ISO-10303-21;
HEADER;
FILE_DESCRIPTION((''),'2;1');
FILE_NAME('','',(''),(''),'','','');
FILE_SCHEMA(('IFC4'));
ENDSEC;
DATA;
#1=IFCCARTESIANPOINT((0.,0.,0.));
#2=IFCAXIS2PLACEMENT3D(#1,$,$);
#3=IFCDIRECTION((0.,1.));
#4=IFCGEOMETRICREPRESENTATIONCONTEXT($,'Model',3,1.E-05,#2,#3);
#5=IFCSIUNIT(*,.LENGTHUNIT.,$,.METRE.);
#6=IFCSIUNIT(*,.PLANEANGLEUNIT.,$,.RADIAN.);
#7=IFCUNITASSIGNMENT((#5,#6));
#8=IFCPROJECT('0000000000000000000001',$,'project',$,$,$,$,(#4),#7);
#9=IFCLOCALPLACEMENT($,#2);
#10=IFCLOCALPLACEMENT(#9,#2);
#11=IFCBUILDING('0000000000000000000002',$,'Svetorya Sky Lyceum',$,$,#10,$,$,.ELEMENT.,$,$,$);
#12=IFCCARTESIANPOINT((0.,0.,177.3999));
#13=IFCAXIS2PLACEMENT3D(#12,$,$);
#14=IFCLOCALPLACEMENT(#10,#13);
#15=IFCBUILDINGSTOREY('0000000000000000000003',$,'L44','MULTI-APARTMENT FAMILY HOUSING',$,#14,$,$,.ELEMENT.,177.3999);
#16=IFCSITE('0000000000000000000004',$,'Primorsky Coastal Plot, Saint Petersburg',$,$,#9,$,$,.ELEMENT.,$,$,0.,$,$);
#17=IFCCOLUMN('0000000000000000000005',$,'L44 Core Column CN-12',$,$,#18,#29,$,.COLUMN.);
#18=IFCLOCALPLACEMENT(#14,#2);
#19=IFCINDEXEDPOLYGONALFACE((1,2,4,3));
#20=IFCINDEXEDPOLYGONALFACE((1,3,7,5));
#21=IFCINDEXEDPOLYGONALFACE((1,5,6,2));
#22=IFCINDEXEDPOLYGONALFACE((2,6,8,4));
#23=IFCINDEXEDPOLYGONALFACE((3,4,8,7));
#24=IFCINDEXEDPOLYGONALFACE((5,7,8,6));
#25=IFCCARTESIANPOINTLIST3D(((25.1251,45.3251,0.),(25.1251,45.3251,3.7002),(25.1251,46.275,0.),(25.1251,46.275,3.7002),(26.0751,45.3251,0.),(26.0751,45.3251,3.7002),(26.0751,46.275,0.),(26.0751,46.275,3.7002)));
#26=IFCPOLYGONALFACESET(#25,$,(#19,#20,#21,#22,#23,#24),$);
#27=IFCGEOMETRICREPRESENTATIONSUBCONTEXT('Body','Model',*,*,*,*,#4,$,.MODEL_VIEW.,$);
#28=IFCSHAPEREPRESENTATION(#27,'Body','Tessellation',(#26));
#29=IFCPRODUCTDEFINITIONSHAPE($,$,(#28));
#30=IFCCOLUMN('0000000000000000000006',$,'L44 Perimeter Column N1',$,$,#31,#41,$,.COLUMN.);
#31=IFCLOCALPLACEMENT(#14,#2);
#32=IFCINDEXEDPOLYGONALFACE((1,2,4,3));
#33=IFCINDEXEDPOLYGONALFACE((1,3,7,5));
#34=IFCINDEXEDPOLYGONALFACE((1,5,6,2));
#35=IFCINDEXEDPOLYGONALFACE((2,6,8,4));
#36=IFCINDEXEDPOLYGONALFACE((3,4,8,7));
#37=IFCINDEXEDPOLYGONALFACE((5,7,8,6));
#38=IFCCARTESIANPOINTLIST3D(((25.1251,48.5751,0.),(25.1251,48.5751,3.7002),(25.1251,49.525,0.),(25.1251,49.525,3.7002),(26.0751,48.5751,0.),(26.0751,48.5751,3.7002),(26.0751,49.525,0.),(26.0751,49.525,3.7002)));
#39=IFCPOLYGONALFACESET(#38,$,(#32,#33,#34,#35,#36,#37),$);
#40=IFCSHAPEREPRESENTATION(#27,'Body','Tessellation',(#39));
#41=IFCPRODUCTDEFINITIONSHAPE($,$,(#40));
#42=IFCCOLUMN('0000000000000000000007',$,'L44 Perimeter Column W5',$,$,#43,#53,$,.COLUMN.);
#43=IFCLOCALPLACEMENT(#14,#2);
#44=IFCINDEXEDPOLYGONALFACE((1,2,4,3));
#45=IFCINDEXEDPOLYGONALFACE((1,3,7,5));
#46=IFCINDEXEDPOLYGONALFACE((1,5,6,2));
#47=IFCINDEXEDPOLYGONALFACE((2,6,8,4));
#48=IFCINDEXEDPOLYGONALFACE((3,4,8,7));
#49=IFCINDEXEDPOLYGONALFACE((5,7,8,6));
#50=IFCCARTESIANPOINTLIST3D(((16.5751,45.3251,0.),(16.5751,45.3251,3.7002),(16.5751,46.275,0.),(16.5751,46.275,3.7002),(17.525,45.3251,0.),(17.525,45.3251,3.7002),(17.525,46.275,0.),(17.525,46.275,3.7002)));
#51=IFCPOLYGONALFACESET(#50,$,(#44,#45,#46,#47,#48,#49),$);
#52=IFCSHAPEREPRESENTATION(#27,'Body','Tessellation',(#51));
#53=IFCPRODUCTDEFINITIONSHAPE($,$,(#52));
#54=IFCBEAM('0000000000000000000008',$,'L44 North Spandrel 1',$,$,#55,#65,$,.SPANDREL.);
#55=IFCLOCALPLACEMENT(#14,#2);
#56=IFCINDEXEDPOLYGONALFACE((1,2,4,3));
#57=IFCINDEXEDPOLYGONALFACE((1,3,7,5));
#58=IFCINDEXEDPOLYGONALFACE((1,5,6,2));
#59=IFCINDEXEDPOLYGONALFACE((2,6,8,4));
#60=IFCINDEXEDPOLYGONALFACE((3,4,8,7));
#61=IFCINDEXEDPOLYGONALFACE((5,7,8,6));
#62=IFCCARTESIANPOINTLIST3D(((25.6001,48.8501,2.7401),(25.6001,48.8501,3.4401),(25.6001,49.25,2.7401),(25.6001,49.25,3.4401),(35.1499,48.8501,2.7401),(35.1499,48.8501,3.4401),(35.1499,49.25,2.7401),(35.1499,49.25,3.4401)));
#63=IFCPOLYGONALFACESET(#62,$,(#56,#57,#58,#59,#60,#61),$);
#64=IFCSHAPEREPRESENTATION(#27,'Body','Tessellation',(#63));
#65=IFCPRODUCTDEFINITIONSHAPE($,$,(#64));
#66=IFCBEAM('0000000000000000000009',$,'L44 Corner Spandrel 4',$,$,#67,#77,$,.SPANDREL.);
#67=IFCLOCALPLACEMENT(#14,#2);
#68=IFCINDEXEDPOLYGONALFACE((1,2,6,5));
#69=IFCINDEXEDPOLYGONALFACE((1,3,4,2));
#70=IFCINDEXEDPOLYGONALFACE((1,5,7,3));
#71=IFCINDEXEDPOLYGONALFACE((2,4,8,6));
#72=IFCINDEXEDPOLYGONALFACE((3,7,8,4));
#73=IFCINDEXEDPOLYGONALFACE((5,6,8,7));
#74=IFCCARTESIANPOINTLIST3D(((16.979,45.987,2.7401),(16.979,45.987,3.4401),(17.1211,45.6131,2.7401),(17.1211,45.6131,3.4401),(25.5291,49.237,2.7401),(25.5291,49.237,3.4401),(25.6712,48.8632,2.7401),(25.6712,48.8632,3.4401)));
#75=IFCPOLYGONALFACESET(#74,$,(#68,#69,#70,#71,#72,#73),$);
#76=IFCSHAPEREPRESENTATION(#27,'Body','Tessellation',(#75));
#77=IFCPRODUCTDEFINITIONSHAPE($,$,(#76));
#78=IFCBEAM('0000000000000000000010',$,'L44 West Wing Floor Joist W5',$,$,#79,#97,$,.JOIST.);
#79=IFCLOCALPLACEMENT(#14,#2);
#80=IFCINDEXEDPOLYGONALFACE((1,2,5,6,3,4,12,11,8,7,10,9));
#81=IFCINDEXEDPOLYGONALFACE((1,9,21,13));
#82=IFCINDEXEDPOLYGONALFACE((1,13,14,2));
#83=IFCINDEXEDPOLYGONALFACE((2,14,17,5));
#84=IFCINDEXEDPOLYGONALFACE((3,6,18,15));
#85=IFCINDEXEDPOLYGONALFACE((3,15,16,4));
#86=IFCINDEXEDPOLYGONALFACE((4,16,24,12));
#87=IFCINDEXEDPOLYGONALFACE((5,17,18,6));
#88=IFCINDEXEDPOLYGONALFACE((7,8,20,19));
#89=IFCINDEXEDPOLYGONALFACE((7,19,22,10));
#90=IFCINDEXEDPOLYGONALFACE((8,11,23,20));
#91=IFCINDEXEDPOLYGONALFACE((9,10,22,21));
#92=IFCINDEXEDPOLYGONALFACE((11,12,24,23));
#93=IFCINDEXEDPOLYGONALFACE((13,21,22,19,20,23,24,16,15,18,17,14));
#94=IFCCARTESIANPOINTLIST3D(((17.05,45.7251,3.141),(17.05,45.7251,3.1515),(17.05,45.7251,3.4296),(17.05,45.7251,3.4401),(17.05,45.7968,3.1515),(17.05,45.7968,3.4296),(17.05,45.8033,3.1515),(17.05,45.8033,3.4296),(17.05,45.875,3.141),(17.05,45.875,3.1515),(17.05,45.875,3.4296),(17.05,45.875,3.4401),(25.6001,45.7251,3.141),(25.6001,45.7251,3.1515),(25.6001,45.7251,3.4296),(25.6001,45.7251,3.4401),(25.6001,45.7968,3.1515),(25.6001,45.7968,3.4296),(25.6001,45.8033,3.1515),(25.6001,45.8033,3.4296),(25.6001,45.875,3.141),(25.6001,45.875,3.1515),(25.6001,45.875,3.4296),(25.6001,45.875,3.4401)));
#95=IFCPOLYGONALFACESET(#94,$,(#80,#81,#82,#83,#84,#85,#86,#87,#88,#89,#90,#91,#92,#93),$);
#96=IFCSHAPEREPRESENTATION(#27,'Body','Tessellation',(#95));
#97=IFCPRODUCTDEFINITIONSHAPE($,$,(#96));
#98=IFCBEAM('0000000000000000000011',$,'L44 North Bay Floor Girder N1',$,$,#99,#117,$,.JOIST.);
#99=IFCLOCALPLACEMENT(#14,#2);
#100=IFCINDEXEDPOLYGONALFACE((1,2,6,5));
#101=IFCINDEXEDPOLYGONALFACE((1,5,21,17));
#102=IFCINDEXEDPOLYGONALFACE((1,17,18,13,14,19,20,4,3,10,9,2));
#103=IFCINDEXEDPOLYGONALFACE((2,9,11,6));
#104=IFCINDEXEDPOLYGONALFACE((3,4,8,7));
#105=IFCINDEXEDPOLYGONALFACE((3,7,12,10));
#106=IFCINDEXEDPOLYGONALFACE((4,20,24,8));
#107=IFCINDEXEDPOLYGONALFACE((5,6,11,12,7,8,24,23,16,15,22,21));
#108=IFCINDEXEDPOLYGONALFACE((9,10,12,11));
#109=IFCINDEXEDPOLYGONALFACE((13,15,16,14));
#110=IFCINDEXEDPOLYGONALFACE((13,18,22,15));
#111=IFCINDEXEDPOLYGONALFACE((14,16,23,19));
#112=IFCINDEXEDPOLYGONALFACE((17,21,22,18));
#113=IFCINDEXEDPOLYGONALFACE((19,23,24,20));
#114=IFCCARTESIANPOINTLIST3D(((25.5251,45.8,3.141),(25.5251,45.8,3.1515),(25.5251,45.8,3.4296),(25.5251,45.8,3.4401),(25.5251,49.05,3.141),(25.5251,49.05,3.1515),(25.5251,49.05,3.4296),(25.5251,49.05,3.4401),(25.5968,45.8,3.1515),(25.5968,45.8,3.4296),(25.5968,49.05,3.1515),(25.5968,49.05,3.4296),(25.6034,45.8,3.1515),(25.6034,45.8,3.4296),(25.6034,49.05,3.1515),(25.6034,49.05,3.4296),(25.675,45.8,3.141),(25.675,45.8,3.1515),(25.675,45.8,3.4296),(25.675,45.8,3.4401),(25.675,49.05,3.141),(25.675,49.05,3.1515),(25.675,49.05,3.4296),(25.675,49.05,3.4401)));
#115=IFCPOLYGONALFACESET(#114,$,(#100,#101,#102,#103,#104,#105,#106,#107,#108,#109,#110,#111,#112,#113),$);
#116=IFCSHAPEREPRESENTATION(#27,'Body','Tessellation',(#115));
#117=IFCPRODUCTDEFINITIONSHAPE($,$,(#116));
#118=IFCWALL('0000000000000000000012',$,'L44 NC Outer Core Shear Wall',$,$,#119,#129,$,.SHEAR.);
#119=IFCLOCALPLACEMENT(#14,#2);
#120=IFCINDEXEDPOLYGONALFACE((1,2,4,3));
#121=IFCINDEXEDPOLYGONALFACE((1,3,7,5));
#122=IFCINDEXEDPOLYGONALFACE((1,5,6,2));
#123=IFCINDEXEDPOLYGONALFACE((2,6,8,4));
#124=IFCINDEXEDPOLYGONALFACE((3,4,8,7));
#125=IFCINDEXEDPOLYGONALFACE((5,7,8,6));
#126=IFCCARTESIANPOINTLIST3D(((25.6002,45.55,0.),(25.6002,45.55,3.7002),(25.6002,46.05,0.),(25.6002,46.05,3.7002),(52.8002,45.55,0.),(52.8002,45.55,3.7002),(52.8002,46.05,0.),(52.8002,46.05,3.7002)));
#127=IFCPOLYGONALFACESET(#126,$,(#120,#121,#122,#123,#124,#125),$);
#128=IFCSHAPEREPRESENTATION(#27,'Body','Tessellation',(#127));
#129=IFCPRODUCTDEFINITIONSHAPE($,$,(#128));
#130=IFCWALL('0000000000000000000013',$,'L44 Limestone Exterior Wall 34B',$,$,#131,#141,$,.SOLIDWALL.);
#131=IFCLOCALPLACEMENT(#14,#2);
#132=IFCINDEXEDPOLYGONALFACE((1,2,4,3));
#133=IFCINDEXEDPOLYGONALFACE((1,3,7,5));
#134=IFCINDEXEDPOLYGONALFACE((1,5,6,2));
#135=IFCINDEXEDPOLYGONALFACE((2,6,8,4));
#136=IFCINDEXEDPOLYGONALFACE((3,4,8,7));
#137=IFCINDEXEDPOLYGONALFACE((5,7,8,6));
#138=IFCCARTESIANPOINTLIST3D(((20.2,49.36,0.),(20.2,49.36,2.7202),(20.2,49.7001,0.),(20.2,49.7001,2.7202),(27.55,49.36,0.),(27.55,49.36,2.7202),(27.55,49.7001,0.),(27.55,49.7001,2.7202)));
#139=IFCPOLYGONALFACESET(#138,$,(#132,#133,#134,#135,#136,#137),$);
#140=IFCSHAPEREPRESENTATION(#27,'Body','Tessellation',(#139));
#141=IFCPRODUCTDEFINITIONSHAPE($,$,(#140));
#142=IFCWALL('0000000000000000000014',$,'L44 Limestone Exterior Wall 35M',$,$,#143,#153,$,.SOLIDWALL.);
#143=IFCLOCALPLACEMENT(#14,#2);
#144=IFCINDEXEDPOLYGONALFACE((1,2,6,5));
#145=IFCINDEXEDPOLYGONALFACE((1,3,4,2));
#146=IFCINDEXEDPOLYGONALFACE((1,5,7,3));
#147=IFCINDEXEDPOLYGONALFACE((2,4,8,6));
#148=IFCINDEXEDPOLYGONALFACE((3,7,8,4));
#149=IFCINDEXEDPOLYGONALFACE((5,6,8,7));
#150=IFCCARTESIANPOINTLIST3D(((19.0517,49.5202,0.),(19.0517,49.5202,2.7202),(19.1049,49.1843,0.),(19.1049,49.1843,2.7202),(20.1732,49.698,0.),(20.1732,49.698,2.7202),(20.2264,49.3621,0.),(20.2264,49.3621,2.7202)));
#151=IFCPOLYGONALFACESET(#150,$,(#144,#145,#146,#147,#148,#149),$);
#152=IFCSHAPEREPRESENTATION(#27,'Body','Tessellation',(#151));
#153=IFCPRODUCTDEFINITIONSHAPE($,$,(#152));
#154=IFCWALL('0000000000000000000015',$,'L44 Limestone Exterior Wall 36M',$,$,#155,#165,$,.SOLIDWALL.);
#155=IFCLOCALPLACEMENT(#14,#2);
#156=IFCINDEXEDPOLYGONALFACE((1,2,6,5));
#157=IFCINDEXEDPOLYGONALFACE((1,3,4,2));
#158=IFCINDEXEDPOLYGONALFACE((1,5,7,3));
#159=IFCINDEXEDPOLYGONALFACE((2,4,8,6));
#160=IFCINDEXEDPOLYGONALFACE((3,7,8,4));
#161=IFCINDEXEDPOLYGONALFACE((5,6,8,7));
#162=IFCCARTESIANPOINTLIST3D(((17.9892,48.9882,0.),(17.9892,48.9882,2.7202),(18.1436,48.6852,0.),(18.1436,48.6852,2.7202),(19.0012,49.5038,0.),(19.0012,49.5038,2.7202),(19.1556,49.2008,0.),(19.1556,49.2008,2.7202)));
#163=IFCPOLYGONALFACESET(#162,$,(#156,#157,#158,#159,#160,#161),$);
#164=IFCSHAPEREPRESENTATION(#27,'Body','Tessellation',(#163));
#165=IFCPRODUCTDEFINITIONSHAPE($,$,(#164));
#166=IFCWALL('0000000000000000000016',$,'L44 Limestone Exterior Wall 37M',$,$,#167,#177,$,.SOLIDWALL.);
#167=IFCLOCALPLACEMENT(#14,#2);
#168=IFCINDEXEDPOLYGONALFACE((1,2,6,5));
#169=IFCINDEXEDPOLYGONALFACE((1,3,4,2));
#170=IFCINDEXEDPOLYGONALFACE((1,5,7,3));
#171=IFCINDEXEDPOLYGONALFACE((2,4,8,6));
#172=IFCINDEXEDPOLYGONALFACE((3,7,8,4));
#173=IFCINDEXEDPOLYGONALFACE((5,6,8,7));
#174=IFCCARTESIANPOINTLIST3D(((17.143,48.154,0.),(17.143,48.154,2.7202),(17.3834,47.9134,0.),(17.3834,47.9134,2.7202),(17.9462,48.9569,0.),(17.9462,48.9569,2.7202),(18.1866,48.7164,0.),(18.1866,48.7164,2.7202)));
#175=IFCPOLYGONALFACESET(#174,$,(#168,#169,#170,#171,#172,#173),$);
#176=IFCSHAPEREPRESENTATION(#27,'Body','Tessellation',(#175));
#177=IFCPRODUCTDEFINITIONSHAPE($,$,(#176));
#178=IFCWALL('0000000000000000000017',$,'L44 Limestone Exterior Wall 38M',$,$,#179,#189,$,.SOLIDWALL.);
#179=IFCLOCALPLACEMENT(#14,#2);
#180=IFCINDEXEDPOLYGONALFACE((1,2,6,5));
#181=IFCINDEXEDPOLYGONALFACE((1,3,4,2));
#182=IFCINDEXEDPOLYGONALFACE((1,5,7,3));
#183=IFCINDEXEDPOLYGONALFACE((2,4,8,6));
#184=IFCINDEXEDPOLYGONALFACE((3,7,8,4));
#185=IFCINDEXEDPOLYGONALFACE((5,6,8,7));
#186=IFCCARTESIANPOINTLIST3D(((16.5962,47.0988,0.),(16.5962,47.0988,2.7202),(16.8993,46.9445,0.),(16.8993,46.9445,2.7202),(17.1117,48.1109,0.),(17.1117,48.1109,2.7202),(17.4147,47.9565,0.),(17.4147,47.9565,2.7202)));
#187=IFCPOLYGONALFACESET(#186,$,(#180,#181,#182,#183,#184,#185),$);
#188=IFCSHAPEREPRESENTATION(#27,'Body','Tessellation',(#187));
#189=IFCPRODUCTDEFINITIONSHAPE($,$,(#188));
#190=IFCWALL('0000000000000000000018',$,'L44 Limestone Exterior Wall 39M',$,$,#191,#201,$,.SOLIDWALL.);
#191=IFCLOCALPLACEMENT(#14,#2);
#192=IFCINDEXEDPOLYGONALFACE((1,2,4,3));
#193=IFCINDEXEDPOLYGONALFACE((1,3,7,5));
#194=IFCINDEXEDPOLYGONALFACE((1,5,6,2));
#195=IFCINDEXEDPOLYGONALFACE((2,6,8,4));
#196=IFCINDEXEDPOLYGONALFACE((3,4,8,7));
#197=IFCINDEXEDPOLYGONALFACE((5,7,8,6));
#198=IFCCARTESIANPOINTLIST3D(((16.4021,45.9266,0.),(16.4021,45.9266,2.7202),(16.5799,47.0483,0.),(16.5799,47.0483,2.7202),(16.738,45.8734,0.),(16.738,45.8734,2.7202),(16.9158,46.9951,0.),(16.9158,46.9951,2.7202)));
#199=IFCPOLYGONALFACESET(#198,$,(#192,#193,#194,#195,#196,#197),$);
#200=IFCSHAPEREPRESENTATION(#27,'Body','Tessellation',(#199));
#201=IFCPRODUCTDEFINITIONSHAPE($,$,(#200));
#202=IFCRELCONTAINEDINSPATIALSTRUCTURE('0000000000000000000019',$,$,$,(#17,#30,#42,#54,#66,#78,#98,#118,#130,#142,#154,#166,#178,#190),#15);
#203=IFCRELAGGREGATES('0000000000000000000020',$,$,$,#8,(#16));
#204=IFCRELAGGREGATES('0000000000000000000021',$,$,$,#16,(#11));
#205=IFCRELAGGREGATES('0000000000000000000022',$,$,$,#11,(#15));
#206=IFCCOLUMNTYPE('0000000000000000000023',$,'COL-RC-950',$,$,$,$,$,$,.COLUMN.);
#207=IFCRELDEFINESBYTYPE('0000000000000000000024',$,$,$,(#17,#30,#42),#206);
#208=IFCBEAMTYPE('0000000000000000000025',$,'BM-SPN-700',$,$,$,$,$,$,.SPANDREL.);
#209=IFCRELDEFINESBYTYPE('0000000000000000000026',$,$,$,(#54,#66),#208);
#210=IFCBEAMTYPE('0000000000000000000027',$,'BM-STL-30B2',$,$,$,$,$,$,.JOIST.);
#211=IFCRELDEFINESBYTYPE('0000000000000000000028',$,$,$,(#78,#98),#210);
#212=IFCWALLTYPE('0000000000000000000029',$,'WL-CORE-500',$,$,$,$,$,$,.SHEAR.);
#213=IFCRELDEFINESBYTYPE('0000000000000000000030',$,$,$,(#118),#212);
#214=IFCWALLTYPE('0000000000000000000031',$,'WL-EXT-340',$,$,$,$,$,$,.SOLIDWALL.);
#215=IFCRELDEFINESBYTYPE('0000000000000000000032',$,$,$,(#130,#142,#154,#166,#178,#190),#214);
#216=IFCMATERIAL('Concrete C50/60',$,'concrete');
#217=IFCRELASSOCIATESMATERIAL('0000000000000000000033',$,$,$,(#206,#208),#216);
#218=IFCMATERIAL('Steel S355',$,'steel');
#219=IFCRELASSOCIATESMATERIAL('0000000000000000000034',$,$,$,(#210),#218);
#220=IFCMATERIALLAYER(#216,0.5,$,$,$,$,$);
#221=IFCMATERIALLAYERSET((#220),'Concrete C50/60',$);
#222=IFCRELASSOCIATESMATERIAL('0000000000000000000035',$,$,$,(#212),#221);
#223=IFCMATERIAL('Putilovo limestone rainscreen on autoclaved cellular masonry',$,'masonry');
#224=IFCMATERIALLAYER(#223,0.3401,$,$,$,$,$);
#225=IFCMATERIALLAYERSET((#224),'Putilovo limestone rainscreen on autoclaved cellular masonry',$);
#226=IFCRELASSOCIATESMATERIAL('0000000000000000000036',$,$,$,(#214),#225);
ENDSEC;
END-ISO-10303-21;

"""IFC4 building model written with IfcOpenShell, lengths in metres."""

from ifc_helpers import new_model, si_unit, direction, frame, frame_2d, origin, origin_2d, place, context, subcontext, project, spatial, rectangle, i_section, extrude, material, layer, layer_set, material_profile, profile_set, type_object, element, save


model = new_model("IFC4")

# Units and contexts
model_context = context("Model", 3, precision=1e-05, world=origin(), true_north=direction((0.0, 1.0)))
body_context = subcontext(model_context, "Body", "Model", "MODEL_VIEW")
ifc_project = project(units=[si_unit("LENGTHUNIT", "METRE"), si_unit("PLANEANGLEUNIT", "RADIAN")], contexts=[model_context])

# Site, building, storey
site_placement = place(None, origin())
site = spatial("IfcSite", under=ifc_project, at=site_placement, Name="Primorsky Coastal Plot, Saint Petersburg", CompositionType="ELEMENT", RefElevation=0.0)
building_placement = place(site_placement, origin())
building = spatial("IfcBuilding", under=site, at=building_placement, Name="Svetorya Sky Lyceum", CompositionType="ELEMENT")
storey_placement = place(building_placement, frame((0.0, 0.0, 177.3999)))
storey = spatial("IfcBuildingStorey", under=building, at=storey_placement, Name="L44", Description="MULTI-APARTMENT FAMILY HOUSING", CompositionType="ELEMENT", Elevation=177.3999)

# Columns
ifc_material_1 = material(Name="Concrete C50/60", Category="concrete")
ifc_material_profile_1 = material_profile(ifc_material_1, rectangle(XDim=0.95, YDim=0.95, at=origin_2d()), Name="RC COL 950x950")
ifc_profile_set_1 = profile_set([ifc_material_profile_1], Name="Concrete C50/60")
column_type = type_object("IfcColumnType", Name="COL-RC-950", PredefinedType="COLUMN", material=ifc_profile_set_1)
for number, where, z_axis, x_axis, name in (
    (1, (25.6001, 45.8, 0.0), (0.0, 0.0, 1.0), (1.0, 0.0, 0.0), "L44 Core Column CN-12"),
    (2, (25.6001, 49.05, 0.0), (0.0, 0.0, 1.0), (1.0, 0.0, 0.0), "L44 Perimeter Column N1"),
    (3, (17.05, 45.8, 0.0), (0.0, 0.0, 1.0), (1.0, 0.0, 0.0), "L44 Perimeter Column W5"),
):
    element("IfcColumn", number, at=place(storey_placement, frame(where, z_axis=z_axis, x_axis=x_axis)), inside=storey, type_object=column_type, Name=name, PredefinedType="COLUMN", context=body_context, shape_type="SweptSolid", body=[
        extrude(rectangle(XDim=0.95, YDim=0.95, at=origin_2d()), origin(), (0.0, 0.0, 1.0), 3.7002),
    ])

# Beams
ifc_material_profile_2 = material_profile(ifc_material_1, rectangle(XDim=0.3999, YDim=0.7, at=origin_2d()), Name="RC SPANDREL 400x700")
ifc_profile_set_2 = profile_set([ifc_material_profile_2], Name="Concrete C50/60")
beam_type_1 = type_object("IfcBeamType", Name="BM-SPN-700", PredefinedType="SPANDREL", material=ifc_profile_set_2)
beam_1_placement = place(storey_placement, frame((25.6001, 49.05, 3.0901), z_axis=(1.0, 0.0, 0.0), x_axis=(0.0, 1.0, 0.0)))
element("IfcBeam", 4, at=beam_1_placement, inside=storey, type_object=beam_type_1, Name="L44 North Spandrel 1", PredefinedType="SPANDREL", context=body_context, shape_type="SweptSolid", body=[
    extrude(rectangle(XDim=0.3999, YDim=0.7, at=origin_2d()), origin(), (0.0, 0.0, 1.0), 9.5498),
])
beam_2_placement = place(storey_placement, frame((17.05, 45.8, 3.0901), z_axis=(0.934748, 0.355312, 0.0), x_axis=(-0.355312, 0.934748, 0.0)))
element("IfcBeam", 5, at=beam_2_placement, inside=storey, type_object=beam_type_1, Name="L44 Corner Spandrel 4", PredefinedType="SPANDREL", context=body_context, shape_type="SweptSolid", body=[
    extrude(rectangle(XDim=0.3999, YDim=0.7, at=origin_2d()), origin(), (0.0, 0.0, 1.0), 9.147),
])
ifc_material_2 = material(Name="Steel S355", Category="steel")
ifc_material_profile_3 = material_profile(ifc_material_2, i_section(OverallWidth=0.1499, OverallDepth=0.2991, WebThickness=0.0066, FlangeThickness=0.0105, at=origin_2d()), Name="GOST 30B2")
ifc_profile_set_3 = profile_set([ifc_material_profile_3], Name="Steel S355")
beam_type_2 = type_object("IfcBeamType", Name="BM-STL-30B2", PredefinedType="JOIST", material=ifc_profile_set_3)
beam_3_placement = place(storey_placement, frame((17.05, 45.8, 3.2905), z_axis=(1.0, 0.0, 0.0), x_axis=(0.0, 1.0, 0.0)))
element("IfcBeam", 6, at=beam_3_placement, inside=storey, type_object=beam_type_2, Name="L44 West Wing Floor Joist W5", PredefinedType="JOIST", context=body_context, shape_type="SweptSolid", body=[
    extrude(i_section(OverallWidth=0.1499, OverallDepth=0.2991, WebThickness=0.0066, FlangeThickness=0.0105, at=origin_2d()), origin(), (0.0, 0.0, 1.0), 8.55),
])
beam_4_placement = place(storey_placement, frame((25.6001, 45.8, 3.2905), z_axis=(0.0, 1.0, 0.0), x_axis=(-1.0, 0.0, 0.0)))
element("IfcBeam", 7, at=beam_4_placement, inside=storey, type_object=beam_type_2, Name="L44 North Bay Floor Girder N1", PredefinedType="JOIST", context=body_context, shape_type="SweptSolid", body=[
    extrude(i_section(OverallWidth=0.1499, OverallDepth=0.2991, WebThickness=0.0066, FlangeThickness=0.0105, at=origin_2d()), origin(), (0.0, 0.0, 1.0), 3.25),
])

# Walls
ifc_layer_1 = layer(ifc_material_1, 0.5)
ifc_layer_set_1 = layer_set([ifc_layer_1], Name="Concrete C50/60")
wall_type_1 = type_object("IfcWallType", Name="WL-CORE-500", PredefinedType="SHEAR", material=ifc_layer_set_1)
wall_1_placement = place(storey_placement, frame((25.6001, 45.8, 0.0), z_axis=(0.0, 0.0, 1.0), x_axis=(1.0, 0.0, 0.0)))
element("IfcWall", 8, at=wall_1_placement, inside=storey, type_object=wall_type_1, Name="L44 NC Outer Core Shear Wall", PredefinedType="SHEAR", context=body_context, shape_type="SweptSolid", body=[
    extrude(rectangle(XDim=27.2, YDim=0.5, at=frame_2d((13.6001, 0.0))), origin(), (0.0, 0.0, 1.0), 3.7002),
])
ifc_material_3 = material(Name="Putilovo limestone rainscreen on autoclaved cellular masonry", Category="masonry")
ifc_layer_2 = layer(ifc_material_3, 0.3401)
ifc_layer_set_2 = layer_set([ifc_layer_2], Name="Putilovo limestone rainscreen on autoclaved cellular masonry")
wall_type_2 = type_object("IfcWallType", Name="WL-EXT-340", PredefinedType="SOLIDWALL", material=ifc_layer_set_2)
wall_2_placement = place(storey_placement, frame((27.55, 49.53, 0.0), z_axis=(0.0, 0.0, 1.0), x_axis=(-1.0, 0.0, 0.0)))
element("IfcWall", 9, at=wall_2_placement, inside=storey, type_object=wall_type_2, Name="L44 Limestone Exterior Wall 34B", PredefinedType="SOLIDWALL", context=body_context, shape_type="SweptSolid", body=[
    extrude(rectangle(XDim=7.3501, YDim=0.3401, at=frame_2d((3.675, 0.0))), origin(), (0.0, 0.0, 1.0), 2.7202),
])
wall_3_placement = place(storey_placement, frame((20.2, 49.53, 0.0), z_axis=(0.0, 0.0, 1.0), x_axis=(-0.987676, -0.156515, 0.0)))
element("IfcWall", 10, at=wall_3_placement, inside=storey, type_object=wall_type_2, Name="L44 Limestone Exterior Wall 35M", PredefinedType="SOLIDWALL", context=body_context, shape_type="SweptSolid", body=[
    extrude(rectangle(XDim=1.1355, YDim=0.3401, at=frame_2d((0.5679, 0.0))), origin(), (0.0, 0.0, 1.0), 2.7202),
])
for number, where, z_axis, x_axis, name in (
    (11, (19.0784, 49.3523, 0.0), (0.0, 0.0, 1.0), (-0.891005, -0.453993, 0.0), "L44 Limestone Exterior Wall 36M"),
    (12, (18.0664, 48.8367, 0.0), (0.0, 0.0, 1.0), (-0.707214, -0.706999, 0.0), "L44 Limestone Exterior Wall 37M"),
    (13, (17.2632, 48.0337, 0.0), (0.0, 0.0, 1.0), (-0.453823, -0.891092, 0.0), "L44 Limestone Exterior Wall 38M"),
    (14, (16.7478, 47.0217, 0.0), (0.0, 0.0, 1.0), (-0.156481, -0.987681, 0.0), "L44 Limestone Exterior Wall 39M"),
):
    element("IfcWall", number, at=place(storey_placement, frame(where, z_axis=z_axis, x_axis=x_axis)), inside=storey, type_object=wall_type_2, Name=name, PredefinedType="SOLIDWALL", context=body_context, shape_type="SweptSolid", body=[
        extrude(rectangle(XDim=1.1357, YDim=0.3401, at=frame_2d((0.5679, 0.0))), origin(), (0.0, 0.0, 1.0), 2.7202),
    ])

save(model, "model.ifc")
